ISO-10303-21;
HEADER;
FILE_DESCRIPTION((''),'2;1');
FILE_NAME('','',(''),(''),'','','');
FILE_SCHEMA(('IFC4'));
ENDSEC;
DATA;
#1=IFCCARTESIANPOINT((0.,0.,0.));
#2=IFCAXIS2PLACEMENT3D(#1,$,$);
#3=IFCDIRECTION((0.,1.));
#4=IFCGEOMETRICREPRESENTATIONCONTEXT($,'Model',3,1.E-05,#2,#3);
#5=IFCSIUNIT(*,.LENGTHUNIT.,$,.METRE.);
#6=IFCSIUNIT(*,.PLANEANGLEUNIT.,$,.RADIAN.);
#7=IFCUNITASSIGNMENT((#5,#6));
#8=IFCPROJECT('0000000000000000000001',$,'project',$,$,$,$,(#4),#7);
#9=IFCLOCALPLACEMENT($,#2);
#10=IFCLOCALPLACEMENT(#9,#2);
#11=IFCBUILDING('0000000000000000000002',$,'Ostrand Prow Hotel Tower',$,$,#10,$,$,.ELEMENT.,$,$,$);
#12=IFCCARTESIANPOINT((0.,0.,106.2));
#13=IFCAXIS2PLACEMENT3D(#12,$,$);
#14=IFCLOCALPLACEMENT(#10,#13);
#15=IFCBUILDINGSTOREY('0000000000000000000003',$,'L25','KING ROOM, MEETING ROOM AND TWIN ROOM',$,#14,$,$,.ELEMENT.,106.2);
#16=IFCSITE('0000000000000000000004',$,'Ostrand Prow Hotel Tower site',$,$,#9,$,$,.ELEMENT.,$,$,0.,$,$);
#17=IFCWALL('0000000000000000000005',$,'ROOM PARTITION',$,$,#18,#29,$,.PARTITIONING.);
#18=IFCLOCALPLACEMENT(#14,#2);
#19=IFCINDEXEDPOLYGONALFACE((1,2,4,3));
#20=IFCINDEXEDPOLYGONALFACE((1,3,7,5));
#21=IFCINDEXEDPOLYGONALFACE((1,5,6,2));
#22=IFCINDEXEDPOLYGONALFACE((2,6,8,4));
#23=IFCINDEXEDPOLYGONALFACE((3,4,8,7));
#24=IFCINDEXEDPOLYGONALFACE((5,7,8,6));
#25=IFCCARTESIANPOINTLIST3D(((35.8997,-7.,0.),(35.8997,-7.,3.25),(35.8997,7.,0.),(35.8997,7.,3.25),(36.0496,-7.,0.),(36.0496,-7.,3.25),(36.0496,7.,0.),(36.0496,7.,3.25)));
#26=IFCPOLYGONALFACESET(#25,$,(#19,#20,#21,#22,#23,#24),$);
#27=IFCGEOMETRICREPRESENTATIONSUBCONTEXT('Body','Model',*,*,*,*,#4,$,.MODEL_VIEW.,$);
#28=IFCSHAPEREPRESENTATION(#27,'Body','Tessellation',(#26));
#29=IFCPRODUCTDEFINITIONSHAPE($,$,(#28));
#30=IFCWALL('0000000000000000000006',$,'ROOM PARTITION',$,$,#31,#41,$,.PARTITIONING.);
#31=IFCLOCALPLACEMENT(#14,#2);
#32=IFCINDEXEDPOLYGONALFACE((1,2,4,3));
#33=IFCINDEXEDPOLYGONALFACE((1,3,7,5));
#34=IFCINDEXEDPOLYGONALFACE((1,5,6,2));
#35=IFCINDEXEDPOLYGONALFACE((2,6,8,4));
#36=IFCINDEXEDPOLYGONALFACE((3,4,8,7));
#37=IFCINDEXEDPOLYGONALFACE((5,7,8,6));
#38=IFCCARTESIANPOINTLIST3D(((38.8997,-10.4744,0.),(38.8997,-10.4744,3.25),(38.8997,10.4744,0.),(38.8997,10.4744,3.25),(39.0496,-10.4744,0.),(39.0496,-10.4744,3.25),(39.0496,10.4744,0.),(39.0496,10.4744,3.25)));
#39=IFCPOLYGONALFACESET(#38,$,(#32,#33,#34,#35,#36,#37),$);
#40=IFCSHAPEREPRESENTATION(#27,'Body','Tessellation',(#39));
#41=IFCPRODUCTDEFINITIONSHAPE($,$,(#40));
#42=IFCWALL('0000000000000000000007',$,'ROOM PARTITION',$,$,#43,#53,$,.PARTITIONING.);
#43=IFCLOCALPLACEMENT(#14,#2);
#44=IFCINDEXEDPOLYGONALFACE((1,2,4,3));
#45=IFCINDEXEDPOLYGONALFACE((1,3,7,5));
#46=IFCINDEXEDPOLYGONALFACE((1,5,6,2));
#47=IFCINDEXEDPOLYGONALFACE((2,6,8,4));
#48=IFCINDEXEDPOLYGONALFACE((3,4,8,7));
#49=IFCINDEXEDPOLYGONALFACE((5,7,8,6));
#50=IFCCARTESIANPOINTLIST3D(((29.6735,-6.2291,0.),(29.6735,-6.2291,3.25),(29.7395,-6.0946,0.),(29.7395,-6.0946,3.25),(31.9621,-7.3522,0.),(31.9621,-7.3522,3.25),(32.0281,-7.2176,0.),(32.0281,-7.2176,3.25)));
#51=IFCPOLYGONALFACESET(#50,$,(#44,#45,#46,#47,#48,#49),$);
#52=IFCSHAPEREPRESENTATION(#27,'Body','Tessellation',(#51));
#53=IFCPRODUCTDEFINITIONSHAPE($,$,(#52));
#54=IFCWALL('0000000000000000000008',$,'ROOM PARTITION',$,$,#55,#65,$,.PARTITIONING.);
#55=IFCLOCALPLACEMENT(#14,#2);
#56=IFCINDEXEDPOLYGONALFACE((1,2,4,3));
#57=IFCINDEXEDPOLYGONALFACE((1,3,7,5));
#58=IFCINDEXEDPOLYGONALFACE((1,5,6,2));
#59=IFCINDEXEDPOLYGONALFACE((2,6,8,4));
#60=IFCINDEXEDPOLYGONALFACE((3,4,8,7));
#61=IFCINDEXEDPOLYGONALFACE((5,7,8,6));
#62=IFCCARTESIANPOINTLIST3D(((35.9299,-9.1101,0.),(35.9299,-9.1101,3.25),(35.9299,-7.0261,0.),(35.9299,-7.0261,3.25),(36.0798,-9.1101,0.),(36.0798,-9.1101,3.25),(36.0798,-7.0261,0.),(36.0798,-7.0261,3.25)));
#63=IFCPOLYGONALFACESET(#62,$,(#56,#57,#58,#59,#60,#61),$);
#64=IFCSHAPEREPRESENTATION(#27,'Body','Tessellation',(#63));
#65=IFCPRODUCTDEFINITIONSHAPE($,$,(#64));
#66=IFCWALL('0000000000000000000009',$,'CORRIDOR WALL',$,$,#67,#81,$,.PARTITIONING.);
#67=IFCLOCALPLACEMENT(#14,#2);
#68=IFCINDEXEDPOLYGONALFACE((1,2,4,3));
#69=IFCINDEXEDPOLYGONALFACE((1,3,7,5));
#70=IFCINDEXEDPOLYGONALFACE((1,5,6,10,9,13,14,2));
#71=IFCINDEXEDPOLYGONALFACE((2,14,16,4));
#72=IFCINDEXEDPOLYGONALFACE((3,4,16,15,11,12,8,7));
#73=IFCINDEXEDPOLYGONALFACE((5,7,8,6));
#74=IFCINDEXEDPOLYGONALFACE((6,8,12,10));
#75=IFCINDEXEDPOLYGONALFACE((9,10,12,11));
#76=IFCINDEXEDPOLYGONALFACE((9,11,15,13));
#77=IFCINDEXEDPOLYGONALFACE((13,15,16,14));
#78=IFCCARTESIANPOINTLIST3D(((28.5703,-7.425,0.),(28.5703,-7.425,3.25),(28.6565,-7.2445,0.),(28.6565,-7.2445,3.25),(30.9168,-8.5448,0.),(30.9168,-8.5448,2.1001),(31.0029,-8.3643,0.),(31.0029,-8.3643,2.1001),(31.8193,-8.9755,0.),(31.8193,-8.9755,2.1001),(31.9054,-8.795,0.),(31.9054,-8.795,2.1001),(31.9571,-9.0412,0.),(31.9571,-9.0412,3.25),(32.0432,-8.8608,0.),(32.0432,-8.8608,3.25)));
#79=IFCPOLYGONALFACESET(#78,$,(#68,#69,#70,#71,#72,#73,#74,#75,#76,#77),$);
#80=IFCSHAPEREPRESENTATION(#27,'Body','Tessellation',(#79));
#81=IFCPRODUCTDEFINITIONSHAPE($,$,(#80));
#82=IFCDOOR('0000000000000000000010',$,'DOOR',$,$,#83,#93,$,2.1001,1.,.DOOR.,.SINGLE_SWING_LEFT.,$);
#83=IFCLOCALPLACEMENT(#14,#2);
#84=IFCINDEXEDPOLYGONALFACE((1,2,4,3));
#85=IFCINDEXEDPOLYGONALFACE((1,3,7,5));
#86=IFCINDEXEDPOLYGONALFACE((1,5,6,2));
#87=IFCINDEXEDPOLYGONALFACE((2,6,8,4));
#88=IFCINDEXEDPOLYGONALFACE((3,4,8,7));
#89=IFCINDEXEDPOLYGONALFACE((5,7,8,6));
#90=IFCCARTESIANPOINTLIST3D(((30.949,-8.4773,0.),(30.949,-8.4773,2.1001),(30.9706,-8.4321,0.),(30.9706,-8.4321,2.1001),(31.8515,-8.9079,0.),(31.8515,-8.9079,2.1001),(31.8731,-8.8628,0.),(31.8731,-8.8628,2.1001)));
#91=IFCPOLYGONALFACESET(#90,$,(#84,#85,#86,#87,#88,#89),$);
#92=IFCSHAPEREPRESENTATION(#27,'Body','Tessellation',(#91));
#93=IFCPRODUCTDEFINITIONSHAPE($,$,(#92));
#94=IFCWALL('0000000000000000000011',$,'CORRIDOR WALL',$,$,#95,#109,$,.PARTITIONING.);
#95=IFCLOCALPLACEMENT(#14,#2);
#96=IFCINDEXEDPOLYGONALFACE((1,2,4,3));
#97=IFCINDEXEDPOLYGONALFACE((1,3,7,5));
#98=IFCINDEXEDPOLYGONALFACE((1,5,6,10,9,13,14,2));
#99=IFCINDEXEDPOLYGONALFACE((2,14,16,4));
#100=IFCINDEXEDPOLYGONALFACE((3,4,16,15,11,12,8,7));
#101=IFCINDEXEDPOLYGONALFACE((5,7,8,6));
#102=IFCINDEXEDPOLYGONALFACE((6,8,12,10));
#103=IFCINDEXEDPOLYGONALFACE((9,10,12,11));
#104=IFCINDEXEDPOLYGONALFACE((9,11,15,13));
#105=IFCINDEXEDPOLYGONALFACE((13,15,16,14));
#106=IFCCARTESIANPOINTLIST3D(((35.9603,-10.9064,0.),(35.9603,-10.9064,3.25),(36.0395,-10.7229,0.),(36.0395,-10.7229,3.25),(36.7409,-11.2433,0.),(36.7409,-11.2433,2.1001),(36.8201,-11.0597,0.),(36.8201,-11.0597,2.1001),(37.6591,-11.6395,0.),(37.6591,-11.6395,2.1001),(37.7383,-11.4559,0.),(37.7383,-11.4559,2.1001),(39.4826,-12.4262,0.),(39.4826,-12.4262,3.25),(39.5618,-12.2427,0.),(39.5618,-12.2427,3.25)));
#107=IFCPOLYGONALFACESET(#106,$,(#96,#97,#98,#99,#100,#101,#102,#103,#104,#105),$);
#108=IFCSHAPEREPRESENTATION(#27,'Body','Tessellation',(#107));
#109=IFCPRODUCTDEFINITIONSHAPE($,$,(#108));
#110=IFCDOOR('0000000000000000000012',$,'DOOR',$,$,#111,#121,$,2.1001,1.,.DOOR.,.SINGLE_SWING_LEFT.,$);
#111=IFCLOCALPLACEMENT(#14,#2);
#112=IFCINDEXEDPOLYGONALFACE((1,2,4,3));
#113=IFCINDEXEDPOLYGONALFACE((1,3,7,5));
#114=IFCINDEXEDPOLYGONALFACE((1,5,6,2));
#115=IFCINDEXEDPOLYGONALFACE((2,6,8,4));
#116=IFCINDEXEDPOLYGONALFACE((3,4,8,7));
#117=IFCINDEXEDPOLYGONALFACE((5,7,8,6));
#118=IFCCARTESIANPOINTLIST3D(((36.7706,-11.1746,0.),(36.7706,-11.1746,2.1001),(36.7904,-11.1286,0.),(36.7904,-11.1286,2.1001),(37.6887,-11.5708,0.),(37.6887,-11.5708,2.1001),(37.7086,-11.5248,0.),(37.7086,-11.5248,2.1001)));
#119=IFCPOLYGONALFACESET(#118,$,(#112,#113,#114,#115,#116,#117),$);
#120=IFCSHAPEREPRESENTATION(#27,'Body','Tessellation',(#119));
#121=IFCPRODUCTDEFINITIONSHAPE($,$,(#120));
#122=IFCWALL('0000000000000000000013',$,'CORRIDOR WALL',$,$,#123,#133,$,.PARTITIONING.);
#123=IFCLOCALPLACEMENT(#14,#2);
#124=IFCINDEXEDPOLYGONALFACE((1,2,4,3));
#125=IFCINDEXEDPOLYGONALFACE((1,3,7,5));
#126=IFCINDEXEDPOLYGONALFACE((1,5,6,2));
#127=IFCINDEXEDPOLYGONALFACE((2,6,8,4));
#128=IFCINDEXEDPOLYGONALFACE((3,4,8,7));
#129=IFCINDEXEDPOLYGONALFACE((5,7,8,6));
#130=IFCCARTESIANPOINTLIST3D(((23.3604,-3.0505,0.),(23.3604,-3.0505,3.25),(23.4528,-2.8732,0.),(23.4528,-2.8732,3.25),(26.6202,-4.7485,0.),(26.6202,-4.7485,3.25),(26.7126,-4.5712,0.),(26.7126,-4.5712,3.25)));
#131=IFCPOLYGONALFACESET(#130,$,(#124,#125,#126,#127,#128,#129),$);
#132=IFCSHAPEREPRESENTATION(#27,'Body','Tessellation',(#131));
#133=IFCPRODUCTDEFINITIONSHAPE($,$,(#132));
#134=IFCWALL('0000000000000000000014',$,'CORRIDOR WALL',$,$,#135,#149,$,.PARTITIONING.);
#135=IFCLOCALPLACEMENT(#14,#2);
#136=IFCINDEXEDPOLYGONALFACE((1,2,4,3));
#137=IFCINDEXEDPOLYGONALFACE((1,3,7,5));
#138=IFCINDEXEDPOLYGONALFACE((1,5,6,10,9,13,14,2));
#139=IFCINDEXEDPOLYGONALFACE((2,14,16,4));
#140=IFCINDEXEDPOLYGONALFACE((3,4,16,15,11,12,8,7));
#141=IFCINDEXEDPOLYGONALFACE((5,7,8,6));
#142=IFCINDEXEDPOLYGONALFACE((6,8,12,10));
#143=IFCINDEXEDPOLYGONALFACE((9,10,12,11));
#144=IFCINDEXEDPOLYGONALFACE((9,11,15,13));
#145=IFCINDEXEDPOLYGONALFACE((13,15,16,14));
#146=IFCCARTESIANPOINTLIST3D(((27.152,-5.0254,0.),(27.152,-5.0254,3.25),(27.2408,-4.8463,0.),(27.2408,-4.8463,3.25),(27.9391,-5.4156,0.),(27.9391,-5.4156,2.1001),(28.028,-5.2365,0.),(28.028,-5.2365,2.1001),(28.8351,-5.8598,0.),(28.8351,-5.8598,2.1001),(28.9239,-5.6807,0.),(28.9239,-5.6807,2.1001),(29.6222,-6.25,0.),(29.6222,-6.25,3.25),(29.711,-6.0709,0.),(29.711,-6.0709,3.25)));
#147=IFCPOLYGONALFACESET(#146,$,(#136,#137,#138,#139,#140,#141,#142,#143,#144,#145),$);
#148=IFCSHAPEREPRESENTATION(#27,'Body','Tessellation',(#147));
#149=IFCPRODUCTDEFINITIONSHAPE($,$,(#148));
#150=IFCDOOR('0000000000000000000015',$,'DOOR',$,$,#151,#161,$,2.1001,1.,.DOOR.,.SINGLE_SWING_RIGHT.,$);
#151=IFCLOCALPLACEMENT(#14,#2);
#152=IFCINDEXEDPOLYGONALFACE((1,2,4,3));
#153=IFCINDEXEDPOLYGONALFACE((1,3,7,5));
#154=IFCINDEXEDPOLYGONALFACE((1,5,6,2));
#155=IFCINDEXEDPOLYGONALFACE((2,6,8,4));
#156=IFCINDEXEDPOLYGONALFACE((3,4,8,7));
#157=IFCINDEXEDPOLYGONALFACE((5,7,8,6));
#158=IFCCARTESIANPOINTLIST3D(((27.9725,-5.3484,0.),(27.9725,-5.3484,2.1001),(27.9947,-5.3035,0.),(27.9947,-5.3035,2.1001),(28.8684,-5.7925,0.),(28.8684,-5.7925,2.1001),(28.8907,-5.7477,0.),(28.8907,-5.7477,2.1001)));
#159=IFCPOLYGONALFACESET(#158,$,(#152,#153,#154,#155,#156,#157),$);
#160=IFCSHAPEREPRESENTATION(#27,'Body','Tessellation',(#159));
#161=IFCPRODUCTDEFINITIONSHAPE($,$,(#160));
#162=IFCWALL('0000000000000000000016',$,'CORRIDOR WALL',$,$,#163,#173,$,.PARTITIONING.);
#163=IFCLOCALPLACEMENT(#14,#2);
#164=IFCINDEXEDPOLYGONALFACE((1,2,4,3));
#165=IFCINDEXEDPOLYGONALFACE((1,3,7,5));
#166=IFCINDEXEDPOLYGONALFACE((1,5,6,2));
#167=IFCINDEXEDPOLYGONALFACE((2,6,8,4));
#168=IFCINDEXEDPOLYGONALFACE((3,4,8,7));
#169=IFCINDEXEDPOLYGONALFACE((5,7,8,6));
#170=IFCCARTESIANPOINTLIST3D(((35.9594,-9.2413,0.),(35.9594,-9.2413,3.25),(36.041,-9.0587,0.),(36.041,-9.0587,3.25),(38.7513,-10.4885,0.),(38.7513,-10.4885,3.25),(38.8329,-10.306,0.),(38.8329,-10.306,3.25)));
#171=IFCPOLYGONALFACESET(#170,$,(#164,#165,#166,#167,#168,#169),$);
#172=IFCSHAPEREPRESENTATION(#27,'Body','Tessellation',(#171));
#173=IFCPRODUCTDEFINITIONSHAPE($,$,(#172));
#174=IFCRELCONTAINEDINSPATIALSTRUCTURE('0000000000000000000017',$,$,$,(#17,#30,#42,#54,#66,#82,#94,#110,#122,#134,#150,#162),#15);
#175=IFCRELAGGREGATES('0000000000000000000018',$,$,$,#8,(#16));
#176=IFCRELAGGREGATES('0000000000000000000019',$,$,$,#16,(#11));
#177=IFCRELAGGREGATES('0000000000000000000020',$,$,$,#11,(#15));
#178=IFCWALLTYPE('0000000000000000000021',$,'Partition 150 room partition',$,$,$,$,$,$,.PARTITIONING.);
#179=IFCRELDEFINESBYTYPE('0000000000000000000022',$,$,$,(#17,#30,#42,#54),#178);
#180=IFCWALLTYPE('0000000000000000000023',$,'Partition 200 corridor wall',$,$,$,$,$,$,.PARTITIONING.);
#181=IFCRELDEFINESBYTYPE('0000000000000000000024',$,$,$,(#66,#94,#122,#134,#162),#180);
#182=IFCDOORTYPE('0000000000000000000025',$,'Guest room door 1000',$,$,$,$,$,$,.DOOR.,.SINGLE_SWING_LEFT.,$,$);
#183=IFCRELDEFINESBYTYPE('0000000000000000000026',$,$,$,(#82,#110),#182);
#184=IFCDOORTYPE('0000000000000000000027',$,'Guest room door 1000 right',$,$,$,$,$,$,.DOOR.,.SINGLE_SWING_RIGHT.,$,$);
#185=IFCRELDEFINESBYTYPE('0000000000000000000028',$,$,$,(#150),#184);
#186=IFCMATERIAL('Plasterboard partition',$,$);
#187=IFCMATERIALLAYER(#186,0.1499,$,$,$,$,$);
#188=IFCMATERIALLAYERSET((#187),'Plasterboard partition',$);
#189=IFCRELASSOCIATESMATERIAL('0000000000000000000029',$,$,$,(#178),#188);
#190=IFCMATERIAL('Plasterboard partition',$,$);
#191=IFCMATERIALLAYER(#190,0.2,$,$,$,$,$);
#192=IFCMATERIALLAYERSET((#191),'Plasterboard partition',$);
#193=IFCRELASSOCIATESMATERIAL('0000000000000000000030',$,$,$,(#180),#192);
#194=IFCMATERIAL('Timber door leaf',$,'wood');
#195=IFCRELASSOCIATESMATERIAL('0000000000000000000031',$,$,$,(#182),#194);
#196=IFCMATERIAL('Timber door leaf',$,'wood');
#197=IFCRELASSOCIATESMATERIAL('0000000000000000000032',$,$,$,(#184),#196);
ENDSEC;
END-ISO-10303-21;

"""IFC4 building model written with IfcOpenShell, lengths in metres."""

from ifc_helpers import new_model, si_unit, direction, frame, frame_2d, origin, place, context, subcontext, project, spatial, rectangle, extrude, material, layer, layer_set, type_object, element, fill, save


model = new_model("IFC4")

# Units and contexts
model_context = context("Model", 3, precision=1e-05, world=origin(), true_north=direction((0.0, 1.0)))
body_context = subcontext(model_context, "Body", "Model", "MODEL_VIEW")
ifc_project = project(units=[si_unit("LENGTHUNIT", "METRE"), si_unit("PLANEANGLEUNIT", "RADIAN")], contexts=[model_context])

# Site, building, storey
site_placement = place(None, origin())
site = spatial("IfcSite", under=ifc_project, at=site_placement, Name="Ostrand Prow Hotel Tower site", CompositionType="ELEMENT", RefElevation=0.0)
building_placement = place(site_placement, origin())
building = spatial("IfcBuilding", under=site, at=building_placement, Name="Ostrand Prow Hotel Tower", CompositionType="ELEMENT")
storey_placement = place(building_placement, frame((0.0, 0.0, 106.2)))
storey = spatial("IfcBuildingStorey", under=building, at=storey_placement, Name="L25", Description="KING ROOM, MEETING ROOM AND TWIN ROOM", CompositionType="ELEMENT", Elevation=106.2)

# Walls
ifc_material_1 = material(Name="Plasterboard partition")
ifc_layer_1 = layer(ifc_material_1, 0.1499)
ifc_layer_set_1 = layer_set([ifc_layer_1], Name="Plasterboard partition")
wall_type_1 = type_object("IfcWallType", Name="Partition 150 room partition", PredefinedType="PARTITIONING", material=ifc_layer_set_1)
wall_1_placement = place(storey_placement, frame((35.9746, -7.0, 0.0), z_axis=(0.0, 0.0, 1.0), x_axis=(0.0, 1.0, 0.0)))
element("IfcWall", 1, at=wall_1_placement, inside=storey, type_object=wall_type_1, Name="ROOM PARTITION", PredefinedType="PARTITIONING", context=body_context, shape_type="SweptSolid", body=[
    extrude(rectangle(XDim=14.0, YDim=0.1499, at=frame_2d((7.0, 0.0))), origin(), (0.0, 0.0, 1.0), 3.25),
])
wall_2_placement = place(storey_placement, frame((38.9746, -10.4744, 0.0), z_axis=(0.0, 0.0, 1.0), x_axis=(0.0, 1.0, 0.0)))
element("IfcWall", 2, at=wall_2_placement, inside=storey, type_object=wall_type_1, Name="ROOM PARTITION", PredefinedType="PARTITIONING", context=body_context, shape_type="SweptSolid", body=[
    extrude(rectangle(XDim=20.9487, YDim=0.1499, at=frame_2d((10.4744, 0.0))), origin(), (0.0, 0.0, 1.0), 3.25),
])
wall_3_placement = place(storey_placement, frame((31.9951, -7.2849, 0.0), z_axis=(0.0, 0.0, 1.0), x_axis=(-0.897735, 0.440536, 0.0)))
element("IfcWall", 3, at=wall_3_placement, inside=storey, type_object=wall_type_1, Name="ROOM PARTITION", PredefinedType="PARTITIONING", context=body_context, shape_type="SweptSolid", body=[
    extrude(rectangle(XDim=2.5493, YDim=0.1499, at=frame_2d((1.2747, 0.0))), origin(), (0.0, 0.0, 1.0), 3.25),
])
wall_4_placement = place(storey_placement, frame((36.0049, -9.1101, 0.0), z_axis=(0.0, 0.0, 1.0), x_axis=(0.0, 1.0, 0.0)))
element("IfcWall", 4, at=wall_4_placement, inside=storey, type_object=wall_type_1, Name="ROOM PARTITION", PredefinedType="PARTITIONING", context=body_context, shape_type="SweptSolid", body=[
    extrude(rectangle(XDim=2.084, YDim=0.1499, at=frame_2d((1.042, 0.0))), origin(), (0.0, 0.0, 1.0), 3.25),
])

# Walls, openings, doors
ifc_material_2 = material(Name="Plasterboard partition")
ifc_layer_2 = layer(ifc_material_2, 0.2)
ifc_layer_set_2 = layer_set([ifc_layer_2], Name="Plasterboard partition")
wall_type_2 = type_object("IfcWallType", Name="Partition 200 corridor wall", PredefinedType="PARTITIONING", material=ifc_layer_set_2)
wall_5_placement = place(storey_placement, frame((28.6133, -7.3347, 0.0), z_axis=(0.0, 0.0, 1.0), x_axis=(0.902499, -0.430691, 0.0)))
wall_5 = element("IfcWall", 5, at=wall_5_placement, inside=storey, type_object=wall_type_2, Name="CORRIDOR WALL", PredefinedType="PARTITIONING", context=body_context, shape_type="SweptSolid", body=[
    extrude(rectangle(XDim=3.7527, YDim=0.2, at=frame_2d((1.8765, 0.0))), origin(), (0.0, 0.0, 1.0), 3.25),
])
opening_1_placement = place(wall_5_placement, frame((2.6001, 0.0, 0.0)))
opening_1 = element("IfcOpeningElement", 6, at=opening_1_placement, cuts=wall_5, PredefinedType="OPENING", context=body_context, shape_type="SweptSolid", body=[
    extrude(rectangle(XDim=1.0, YDim=2.1001, at=frame_2d((0.5, 1.05))), frame((0.0, 0.1099, 0.0), z_axis=(0.0, -1.0, 0.0), x_axis=(1.0, 0.0, 0.0)), (0.0, 0.0, 1.0), 0.22),
])
ifc_material_3 = material(Name="Timber door leaf", Category="wood")
door_type_1 = type_object("IfcDoorType", Name="Guest room door 1000", OperationType="SINGLE_SWING_LEFT", PredefinedType="DOOR", material=ifc_material_3)
door_1_placement = place(opening_1_placement, origin())
door_1 = element("IfcDoor", 7, at=door_1_placement, inside=storey, type_object=door_type_1, Name="DOOR", OperationType="SINGLE_SWING_LEFT", OverallHeight=2.1001, OverallWidth=1.0, PredefinedType="DOOR", context=body_context, shape_type="SweptSolid", body=[
    extrude(rectangle(XDim=1.0, YDim=2.1001, at=frame_2d((0.5, 1.05))), frame((0.0, 0.0249, 0.0), z_axis=(0.0, -1.0, 0.0), x_axis=(1.0, 0.0, 0.0)), (0.0, 0.0, 1.0), 0.05),
])
fill(opening_1, door_1)
wall_6_placement = place(storey_placement, frame((36.0, -10.8147, 0.0), z_axis=(0.0, 0.0, 1.0), x_axis=(0.918174, -0.396176, 0.0)))
wall_6 = element("IfcWall", 8, at=wall_6_placement, inside=storey, type_object=wall_type_2, Name="CORRIDOR WALL", PredefinedType="PARTITIONING", context=body_context, shape_type="SweptSolid", body=[
    extrude(rectangle(XDim=3.8362, YDim=0.2, at=frame_2d((1.918, 0.0))), origin(), (0.0, 0.0, 1.0), 3.25),
])
opening_2_placement = place(wall_6_placement, frame((0.8501, 0.0, 0.0)))
opening_2 = element("IfcOpeningElement", 9, at=opening_2_placement, cuts=wall_6, PredefinedType="OPENING", context=body_context, shape_type="SweptSolid", body=[
    extrude(rectangle(XDim=1.0, YDim=2.1001, at=frame_2d((0.5, 1.05))), frame((0.0, 0.1099, 0.0), z_axis=(0.0, -1.0, 0.0), x_axis=(1.0, 0.0, 0.0)), (0.0, 0.0, 1.0), 0.22),
])
door_2_placement = place(opening_2_placement, origin())
door_2 = element("IfcDoor", 10, at=door_2_placement, inside=storey, type_object=door_type_1, Name="DOOR", OperationType="SINGLE_SWING_LEFT", OverallHeight=2.1001, OverallWidth=1.0, PredefinedType="DOOR", context=body_context, shape_type="SweptSolid", body=[
    extrude(rectangle(XDim=1.0, YDim=2.1001, at=frame_2d((0.5, 1.05))), frame((0.0, 0.0249, 0.0), z_axis=(0.0, -1.0, 0.0), x_axis=(1.0, 0.0, 0.0)), (0.0, 0.0, 1.0), 0.05),
])
fill(opening_2, door_2)

# Wall
wall_7_placement = place(storey_placement, frame((26.6665, -4.6599, 0.0), z_axis=(0.0, 0.0, 1.0), x_axis=(-0.886891, 0.461978, 0.0)))
element("IfcWall", 11, at=wall_7_placement, inside=storey, type_object=wall_type_2, Name="CORRIDOR WALL", PredefinedType="PARTITIONING", context=body_context, shape_type="SweptSolid", body=[
    extrude(rectangle(XDim=3.6755, YDim=0.2, at=frame_2d((1.8379, 0.0))), origin(), (0.0, 0.0, 1.0), 3.25),
])

# Wall, opening, door
wall_8_placement = place(storey_placement, frame((29.6665, -6.1604, 0.0), z_axis=(0.0, 0.0, 1.0), x_axis=(-0.895945, 0.444165, 0.0)))
wall_8 = element("IfcWall", 12, at=wall_8_placement, inside=storey, type_object=wall_type_2, Name="CORRIDOR WALL", PredefinedType="PARTITIONING", context=body_context, shape_type="SweptSolid", body=[
    extrude(rectangle(XDim=2.7571, YDim=0.2, at=frame_2d((1.3784, 0.0))), origin(), (0.0, 0.0, 1.0), 3.25),
])
opening_3_placement = place(wall_8_placement, frame((0.8784, 0.0, 0.0)))
opening_3 = element("IfcOpeningElement", 13, at=opening_3_placement, cuts=wall_8, PredefinedType="OPENING", context=body_context, shape_type="SweptSolid", body=[
    extrude(rectangle(XDim=1.0, YDim=2.1001, at=frame_2d((0.5, 1.05))), frame((0.0, 0.1099, 0.0), z_axis=(0.0, -1.0, 0.0), x_axis=(1.0, 0.0, 0.0)), (0.0, 0.0, 1.0), 0.22),
])
ifc_material_4 = material(Name="Timber door leaf", Category="wood")
door_type_2 = type_object("IfcDoorType", Name="Guest room door 1000 right", OperationType="SINGLE_SWING_RIGHT", PredefinedType="DOOR", material=ifc_material_4)
door_3_placement = place(opening_3_placement, origin())
door_3 = element("IfcDoor", 14, at=door_3_placement, inside=storey, type_object=door_type_2, Name="DOOR", OperationType="SINGLE_SWING_RIGHT", OverallHeight=2.1001, OverallWidth=1.0, PredefinedType="DOOR", context=body_context, shape_type="SweptSolid", body=[
    extrude(rectangle(XDim=1.0, YDim=2.1001, at=frame_2d((0.5, 1.05))), frame((0.0, 0.0249, 0.0), z_axis=(0.0, -1.0, 0.0), x_axis=(1.0, 0.0, 0.0)), (0.0, 0.0, 1.0), 0.05),
])
fill(opening_3, door_3)

# Wall
wall_9_placement = place(storey_placement, frame((38.792, -10.3972, 0.0), z_axis=(0.0, 0.0, 1.0), x_axis=(-0.91303, 0.407893, 0.0)))
element("IfcWall", 15, at=wall_9_placement, inside=storey, type_object=wall_type_2, Name="CORRIDOR WALL", PredefinedType="PARTITIONING", context=body_context, shape_type="SweptSolid", body=[
    extrude(rectangle(XDim=3.0579, YDim=0.2, at=frame_2d((1.5288, 0.0))), origin(), (0.0, 0.0, 1.0), 3.25),
])

save(model, "model.ifc")
